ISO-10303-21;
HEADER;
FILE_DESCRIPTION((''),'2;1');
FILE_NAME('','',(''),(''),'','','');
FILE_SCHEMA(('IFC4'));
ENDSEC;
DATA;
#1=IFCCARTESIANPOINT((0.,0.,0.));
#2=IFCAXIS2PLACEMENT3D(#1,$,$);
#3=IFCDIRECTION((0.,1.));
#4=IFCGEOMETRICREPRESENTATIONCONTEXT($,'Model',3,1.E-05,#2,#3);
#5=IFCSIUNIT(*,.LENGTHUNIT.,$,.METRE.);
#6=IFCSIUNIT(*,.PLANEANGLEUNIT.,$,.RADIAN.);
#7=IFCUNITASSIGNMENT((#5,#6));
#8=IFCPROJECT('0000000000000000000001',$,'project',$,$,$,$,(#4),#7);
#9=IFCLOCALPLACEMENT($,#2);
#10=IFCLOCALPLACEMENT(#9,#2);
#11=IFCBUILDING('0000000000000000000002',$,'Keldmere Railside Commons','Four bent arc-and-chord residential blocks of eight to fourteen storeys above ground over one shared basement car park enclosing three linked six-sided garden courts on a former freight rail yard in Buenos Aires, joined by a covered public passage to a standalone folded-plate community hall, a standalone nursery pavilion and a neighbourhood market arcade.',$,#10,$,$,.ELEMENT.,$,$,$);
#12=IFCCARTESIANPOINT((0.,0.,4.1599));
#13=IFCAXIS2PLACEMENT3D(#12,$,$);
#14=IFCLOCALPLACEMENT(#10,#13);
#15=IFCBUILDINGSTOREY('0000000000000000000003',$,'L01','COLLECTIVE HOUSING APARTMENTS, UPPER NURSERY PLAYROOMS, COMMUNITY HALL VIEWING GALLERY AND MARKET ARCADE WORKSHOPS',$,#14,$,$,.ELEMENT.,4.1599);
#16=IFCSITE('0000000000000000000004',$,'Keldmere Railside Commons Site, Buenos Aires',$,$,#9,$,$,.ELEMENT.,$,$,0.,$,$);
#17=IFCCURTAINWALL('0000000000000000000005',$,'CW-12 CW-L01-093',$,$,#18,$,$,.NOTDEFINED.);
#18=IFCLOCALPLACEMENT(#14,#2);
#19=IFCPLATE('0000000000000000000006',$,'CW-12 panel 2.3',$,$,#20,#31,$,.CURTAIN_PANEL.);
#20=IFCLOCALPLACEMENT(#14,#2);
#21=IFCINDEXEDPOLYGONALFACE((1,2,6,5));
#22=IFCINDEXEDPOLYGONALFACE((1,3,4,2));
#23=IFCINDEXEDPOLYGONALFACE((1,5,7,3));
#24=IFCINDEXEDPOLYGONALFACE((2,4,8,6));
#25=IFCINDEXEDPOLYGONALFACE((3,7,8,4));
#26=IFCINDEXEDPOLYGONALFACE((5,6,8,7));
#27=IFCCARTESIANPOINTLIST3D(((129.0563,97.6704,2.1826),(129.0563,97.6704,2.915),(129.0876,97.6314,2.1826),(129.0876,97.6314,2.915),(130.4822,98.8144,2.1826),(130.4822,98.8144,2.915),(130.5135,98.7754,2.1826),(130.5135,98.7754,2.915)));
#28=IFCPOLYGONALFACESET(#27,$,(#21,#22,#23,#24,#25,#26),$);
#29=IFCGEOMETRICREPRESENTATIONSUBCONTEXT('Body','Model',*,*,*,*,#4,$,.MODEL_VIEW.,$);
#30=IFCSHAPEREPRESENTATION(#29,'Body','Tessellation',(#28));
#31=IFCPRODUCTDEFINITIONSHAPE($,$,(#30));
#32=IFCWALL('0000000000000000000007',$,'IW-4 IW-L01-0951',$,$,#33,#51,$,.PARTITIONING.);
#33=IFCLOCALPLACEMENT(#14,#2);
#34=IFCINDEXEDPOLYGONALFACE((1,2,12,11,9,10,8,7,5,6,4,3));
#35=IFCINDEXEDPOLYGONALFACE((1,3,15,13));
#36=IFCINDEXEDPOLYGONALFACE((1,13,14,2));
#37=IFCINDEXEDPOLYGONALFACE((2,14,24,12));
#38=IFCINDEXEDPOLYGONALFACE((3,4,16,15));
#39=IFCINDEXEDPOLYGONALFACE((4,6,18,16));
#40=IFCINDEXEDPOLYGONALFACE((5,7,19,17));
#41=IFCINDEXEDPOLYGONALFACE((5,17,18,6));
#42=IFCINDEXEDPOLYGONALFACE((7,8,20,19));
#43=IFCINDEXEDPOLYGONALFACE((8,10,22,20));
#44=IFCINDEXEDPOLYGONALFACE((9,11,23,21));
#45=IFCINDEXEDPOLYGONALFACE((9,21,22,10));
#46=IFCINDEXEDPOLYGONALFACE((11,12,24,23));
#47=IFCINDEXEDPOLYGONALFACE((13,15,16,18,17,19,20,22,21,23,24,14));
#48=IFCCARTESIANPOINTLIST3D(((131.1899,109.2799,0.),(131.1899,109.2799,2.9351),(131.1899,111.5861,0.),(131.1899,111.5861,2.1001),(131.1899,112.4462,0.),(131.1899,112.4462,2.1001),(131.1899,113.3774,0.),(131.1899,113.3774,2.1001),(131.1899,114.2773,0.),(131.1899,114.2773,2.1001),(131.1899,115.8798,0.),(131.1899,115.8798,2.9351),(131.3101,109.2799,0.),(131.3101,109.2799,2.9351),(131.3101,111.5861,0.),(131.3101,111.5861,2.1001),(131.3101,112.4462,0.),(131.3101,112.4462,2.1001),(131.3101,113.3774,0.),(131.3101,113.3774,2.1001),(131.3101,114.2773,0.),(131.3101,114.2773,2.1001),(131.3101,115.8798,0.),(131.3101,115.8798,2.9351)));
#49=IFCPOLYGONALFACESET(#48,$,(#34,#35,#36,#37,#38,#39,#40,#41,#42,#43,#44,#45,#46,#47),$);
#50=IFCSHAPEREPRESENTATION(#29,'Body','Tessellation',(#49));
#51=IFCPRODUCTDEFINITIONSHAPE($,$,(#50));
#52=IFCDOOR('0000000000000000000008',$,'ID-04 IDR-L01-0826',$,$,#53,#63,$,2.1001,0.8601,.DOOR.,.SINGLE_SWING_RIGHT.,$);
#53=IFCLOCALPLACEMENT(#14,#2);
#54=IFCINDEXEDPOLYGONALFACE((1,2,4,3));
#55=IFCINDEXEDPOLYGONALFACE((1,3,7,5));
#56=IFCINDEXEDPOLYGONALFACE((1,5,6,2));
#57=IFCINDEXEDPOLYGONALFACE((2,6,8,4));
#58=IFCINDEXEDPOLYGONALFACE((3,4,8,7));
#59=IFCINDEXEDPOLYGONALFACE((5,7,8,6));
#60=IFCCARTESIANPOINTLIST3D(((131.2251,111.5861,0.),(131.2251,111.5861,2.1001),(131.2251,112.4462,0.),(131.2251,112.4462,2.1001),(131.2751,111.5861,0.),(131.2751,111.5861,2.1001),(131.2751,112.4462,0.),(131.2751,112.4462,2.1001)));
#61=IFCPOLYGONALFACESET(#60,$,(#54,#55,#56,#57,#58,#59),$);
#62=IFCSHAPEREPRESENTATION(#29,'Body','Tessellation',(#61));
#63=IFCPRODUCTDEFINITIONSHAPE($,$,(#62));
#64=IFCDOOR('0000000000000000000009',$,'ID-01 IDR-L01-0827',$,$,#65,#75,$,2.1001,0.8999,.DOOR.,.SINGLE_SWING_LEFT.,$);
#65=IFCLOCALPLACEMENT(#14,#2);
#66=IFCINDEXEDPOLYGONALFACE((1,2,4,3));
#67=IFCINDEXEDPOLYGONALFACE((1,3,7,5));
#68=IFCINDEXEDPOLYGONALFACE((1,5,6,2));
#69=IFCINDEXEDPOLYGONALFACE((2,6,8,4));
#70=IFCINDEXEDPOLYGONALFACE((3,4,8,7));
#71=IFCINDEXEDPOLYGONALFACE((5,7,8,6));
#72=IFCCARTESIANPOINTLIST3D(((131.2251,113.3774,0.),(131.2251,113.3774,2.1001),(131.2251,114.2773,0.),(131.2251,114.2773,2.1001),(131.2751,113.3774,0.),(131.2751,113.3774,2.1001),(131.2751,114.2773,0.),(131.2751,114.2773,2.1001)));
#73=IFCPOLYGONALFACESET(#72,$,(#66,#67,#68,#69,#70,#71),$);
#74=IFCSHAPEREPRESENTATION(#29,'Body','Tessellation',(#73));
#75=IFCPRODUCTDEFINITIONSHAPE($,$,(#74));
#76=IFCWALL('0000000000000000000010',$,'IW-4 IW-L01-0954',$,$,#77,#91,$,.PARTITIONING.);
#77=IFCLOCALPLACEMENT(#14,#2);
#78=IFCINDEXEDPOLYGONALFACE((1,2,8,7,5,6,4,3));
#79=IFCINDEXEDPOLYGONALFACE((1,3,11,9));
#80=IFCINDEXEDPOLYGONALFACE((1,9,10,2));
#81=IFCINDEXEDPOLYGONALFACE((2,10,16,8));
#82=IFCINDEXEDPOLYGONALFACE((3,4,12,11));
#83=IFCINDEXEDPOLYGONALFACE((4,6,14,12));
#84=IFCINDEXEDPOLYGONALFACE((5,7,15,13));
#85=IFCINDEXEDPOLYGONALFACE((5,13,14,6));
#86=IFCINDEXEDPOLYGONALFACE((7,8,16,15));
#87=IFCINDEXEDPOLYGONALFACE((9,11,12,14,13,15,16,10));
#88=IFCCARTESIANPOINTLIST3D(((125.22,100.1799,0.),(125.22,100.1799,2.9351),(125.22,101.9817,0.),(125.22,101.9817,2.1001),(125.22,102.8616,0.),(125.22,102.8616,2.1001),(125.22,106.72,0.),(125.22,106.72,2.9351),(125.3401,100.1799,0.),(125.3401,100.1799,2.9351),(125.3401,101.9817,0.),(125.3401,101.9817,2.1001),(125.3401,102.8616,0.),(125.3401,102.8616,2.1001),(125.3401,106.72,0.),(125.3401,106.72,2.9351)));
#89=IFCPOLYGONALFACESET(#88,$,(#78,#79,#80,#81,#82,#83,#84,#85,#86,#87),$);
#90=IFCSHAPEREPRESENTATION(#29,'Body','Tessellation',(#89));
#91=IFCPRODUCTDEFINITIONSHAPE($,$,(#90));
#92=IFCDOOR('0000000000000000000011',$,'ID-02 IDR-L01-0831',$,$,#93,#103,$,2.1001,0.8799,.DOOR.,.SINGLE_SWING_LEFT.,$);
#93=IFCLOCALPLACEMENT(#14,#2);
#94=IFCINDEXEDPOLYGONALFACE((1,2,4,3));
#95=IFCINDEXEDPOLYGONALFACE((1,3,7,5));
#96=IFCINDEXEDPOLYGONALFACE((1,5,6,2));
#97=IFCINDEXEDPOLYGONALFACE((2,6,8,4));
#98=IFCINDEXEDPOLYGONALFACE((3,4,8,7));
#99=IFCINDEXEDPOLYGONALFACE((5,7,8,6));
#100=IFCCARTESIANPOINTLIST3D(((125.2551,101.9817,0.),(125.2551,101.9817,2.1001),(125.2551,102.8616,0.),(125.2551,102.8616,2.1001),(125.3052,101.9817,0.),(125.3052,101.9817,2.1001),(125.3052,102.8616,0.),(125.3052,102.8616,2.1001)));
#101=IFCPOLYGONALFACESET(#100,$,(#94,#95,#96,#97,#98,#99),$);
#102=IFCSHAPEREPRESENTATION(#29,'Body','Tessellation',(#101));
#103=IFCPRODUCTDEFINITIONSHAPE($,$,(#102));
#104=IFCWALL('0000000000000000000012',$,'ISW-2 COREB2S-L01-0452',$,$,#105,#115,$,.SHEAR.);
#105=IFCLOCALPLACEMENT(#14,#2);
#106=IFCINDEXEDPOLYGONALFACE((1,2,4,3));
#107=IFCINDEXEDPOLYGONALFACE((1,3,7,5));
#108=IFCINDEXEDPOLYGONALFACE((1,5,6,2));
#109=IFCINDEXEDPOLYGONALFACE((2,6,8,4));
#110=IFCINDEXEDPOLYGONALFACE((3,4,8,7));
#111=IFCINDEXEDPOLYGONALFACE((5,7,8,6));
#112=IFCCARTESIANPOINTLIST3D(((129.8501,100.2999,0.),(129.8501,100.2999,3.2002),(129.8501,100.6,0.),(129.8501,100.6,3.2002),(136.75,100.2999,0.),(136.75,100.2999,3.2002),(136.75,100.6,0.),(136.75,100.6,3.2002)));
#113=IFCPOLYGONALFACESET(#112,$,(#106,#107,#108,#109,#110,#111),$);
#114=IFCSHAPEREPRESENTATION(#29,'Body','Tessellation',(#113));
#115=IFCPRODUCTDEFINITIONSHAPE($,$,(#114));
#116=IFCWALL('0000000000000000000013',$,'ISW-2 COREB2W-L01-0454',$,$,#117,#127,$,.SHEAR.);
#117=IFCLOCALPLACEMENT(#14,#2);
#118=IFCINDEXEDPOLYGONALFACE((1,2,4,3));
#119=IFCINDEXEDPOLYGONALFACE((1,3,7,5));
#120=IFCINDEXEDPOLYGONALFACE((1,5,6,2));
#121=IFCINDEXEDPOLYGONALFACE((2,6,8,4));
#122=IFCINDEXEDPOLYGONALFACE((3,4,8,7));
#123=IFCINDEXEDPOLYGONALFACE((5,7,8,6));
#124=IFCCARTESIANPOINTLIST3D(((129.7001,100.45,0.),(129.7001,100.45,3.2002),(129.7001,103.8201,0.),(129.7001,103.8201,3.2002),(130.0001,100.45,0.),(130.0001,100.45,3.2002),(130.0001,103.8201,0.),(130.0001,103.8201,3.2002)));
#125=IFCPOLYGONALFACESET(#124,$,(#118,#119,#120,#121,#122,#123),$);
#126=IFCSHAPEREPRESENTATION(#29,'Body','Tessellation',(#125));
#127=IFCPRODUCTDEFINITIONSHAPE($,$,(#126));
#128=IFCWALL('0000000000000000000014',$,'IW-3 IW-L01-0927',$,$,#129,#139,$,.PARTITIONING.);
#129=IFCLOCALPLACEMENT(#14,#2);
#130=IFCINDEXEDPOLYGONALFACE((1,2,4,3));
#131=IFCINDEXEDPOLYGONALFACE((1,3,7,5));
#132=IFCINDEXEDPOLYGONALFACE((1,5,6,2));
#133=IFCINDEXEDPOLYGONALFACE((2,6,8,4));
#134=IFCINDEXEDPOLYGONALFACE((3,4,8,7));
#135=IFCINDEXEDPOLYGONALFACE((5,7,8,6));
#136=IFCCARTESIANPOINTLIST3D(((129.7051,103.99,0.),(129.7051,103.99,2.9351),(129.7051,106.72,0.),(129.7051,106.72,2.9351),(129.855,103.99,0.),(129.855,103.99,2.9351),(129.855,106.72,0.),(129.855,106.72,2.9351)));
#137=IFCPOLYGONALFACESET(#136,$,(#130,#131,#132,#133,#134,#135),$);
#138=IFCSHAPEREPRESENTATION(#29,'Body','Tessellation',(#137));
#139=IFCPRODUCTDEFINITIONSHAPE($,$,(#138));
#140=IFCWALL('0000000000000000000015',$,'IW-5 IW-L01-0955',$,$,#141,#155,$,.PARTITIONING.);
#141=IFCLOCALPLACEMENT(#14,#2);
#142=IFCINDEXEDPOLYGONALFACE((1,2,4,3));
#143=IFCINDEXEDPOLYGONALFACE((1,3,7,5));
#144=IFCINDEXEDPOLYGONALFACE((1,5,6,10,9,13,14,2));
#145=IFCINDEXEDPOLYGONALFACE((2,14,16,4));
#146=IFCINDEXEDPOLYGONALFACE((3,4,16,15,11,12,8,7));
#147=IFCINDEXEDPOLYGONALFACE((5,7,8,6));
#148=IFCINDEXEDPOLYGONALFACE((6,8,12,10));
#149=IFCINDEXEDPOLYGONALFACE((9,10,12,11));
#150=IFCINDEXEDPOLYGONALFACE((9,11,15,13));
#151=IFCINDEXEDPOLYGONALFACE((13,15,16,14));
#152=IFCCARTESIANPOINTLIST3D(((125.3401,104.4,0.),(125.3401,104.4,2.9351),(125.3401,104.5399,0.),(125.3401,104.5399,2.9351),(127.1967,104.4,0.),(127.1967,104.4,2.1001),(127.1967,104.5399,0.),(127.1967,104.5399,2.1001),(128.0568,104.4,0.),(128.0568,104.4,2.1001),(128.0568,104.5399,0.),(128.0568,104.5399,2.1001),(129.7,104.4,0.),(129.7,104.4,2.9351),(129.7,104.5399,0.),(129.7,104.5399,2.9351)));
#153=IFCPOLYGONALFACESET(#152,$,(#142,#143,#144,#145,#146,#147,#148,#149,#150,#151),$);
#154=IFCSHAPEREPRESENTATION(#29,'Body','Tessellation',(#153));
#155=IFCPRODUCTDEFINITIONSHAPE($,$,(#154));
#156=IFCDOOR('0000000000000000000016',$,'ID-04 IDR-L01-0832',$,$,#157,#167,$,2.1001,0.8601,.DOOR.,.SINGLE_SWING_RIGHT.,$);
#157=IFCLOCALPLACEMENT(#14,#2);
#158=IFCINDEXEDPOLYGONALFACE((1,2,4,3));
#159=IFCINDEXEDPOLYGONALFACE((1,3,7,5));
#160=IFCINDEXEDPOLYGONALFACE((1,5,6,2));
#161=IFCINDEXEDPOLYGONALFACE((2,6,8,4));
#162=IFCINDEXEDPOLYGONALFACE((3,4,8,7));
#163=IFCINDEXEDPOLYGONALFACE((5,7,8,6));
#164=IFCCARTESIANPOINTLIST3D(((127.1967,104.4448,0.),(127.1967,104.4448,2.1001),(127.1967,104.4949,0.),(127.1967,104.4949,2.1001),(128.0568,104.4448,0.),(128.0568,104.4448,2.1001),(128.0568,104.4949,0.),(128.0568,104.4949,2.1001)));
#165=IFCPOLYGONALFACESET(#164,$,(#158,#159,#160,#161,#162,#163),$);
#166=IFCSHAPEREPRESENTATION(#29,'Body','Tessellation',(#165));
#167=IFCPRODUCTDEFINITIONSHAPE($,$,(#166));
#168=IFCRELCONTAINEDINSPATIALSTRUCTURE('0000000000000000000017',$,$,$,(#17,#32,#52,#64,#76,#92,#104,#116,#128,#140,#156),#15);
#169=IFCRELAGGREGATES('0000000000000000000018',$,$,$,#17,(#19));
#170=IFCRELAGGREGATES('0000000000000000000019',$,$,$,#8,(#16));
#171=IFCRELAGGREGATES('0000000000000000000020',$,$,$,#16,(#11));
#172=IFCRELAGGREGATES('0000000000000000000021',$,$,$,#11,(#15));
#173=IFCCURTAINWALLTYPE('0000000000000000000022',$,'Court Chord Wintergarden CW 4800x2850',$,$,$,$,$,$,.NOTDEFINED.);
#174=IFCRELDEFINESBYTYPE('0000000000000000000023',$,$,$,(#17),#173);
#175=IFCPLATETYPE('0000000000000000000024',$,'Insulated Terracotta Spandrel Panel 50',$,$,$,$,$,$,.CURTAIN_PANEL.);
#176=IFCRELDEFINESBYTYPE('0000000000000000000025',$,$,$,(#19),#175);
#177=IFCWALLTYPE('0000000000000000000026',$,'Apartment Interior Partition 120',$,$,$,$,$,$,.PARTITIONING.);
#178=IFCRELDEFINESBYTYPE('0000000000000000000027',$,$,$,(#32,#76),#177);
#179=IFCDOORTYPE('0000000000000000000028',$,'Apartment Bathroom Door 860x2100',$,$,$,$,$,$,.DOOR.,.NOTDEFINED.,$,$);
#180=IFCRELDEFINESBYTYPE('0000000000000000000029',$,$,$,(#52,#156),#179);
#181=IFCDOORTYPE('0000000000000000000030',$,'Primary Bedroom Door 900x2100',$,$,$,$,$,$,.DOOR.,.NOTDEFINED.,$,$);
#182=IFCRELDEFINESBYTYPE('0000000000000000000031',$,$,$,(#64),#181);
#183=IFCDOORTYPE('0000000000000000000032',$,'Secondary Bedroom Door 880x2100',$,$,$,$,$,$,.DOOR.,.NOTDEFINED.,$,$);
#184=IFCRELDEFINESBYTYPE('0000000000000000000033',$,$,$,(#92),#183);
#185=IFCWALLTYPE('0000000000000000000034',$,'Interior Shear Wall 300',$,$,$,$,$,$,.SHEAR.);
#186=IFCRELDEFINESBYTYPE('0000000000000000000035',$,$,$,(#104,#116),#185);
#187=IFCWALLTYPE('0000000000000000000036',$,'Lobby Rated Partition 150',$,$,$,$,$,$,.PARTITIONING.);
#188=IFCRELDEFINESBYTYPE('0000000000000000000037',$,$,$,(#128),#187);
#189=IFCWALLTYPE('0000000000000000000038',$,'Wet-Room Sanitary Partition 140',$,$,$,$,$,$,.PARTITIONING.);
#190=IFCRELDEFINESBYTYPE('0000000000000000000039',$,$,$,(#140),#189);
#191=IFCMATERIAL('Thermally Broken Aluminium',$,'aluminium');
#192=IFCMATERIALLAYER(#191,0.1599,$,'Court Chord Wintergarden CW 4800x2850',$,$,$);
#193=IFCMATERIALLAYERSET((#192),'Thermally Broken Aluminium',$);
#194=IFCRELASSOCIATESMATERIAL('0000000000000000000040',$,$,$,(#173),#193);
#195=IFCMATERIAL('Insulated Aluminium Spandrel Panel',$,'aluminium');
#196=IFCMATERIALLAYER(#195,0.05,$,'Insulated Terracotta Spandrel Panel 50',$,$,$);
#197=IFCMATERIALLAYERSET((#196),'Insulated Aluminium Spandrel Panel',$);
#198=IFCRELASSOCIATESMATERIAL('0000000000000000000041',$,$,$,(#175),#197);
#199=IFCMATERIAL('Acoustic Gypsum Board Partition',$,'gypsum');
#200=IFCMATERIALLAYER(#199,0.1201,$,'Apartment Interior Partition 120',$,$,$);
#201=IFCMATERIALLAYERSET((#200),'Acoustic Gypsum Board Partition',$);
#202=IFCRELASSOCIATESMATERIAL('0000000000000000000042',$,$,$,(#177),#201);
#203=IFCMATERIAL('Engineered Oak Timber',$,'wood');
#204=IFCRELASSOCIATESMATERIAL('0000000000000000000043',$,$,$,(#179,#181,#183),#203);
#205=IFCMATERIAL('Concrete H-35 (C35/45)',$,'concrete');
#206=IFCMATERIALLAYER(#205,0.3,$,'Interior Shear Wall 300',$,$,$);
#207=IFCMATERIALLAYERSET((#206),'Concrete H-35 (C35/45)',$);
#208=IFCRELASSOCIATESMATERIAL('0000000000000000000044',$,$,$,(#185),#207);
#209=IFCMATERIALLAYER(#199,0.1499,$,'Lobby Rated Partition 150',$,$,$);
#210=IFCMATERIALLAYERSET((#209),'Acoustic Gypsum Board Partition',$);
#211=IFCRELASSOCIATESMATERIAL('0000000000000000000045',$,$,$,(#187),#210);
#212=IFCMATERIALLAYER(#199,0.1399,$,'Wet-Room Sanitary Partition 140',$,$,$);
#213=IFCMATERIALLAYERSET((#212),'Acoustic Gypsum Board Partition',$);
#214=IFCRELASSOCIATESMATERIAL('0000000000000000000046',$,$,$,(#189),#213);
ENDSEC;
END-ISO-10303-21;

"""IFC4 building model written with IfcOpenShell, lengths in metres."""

from ifc_helpers import new_model, si_unit, direction, frame, frame_2d, origin, origin_2d, place, context, subcontext, project, spatial, rectangle, extrude, material, layer, layer_set, type_object, element, fill, aggregate, save


model = new_model("IFC4")

# Units and contexts
model_context = context("Model", 3, precision=1e-05, world=origin(), true_north=direction((0.0, 1.0)))
body_context = subcontext(model_context, "Body", "Model", "MODEL_VIEW")
ifc_project = project(units=[si_unit("LENGTHUNIT", "METRE"), si_unit("PLANEANGLEUNIT", "RADIAN")], contexts=[model_context])

# Site, building, storey
site_placement = place(None, origin())
site = spatial("IfcSite", under=ifc_project, at=site_placement, Name="Keldmere Railside Commons Site, Buenos Aires", CompositionType="ELEMENT", RefElevation=0.0)
building_placement = place(site_placement, origin())
building = spatial("IfcBuilding", under=site, at=building_placement, Name="Keldmere Railside Commons", Description="Four bent arc-and-chord residential blocks of eight to fourteen storeys above ground over one shared basement car park enclosing three linked six-sided garden courts on a former freight rail yard in Buenos Aires, joined by a covered public passage to a standalone folded-plate community hall, a standalone nursery pavilion and a neighbourhood market arcade.", CompositionType="ELEMENT")
storey_placement = place(building_placement, frame((0.0, 0.0, 4.1599)))
storey = spatial("IfcBuildingStorey", under=building, at=storey_placement, Name="L01", Description="COLLECTIVE HOUSING APARTMENTS, UPPER NURSERY PLAYROOMS, COMMUNITY HALL VIEWING GALLERY AND MARKET ARCADE WORKSHOPS", CompositionType="ELEMENT", Elevation=4.1599)

# Curtain wall, plate
ifc_material_1 = material(Name="Thermally Broken Aluminium", Category="aluminium")
ifc_layer_1 = layer(ifc_material_1, 0.1599, Name="Court Chord Wintergarden CW 4800x2850")
ifc_layer_set_1 = layer_set([ifc_layer_1], Name="Thermally Broken Aluminium")
curtain_wall_type = type_object("IfcCurtainWallType", Name="Court Chord Wintergarden CW 4800x2850", PredefinedType="NOTDEFINED", material=ifc_layer_set_1)
curtain_wall_placement = place(storey_placement, origin())
curtain_wall = element("IfcCurtainWall", 1, at=curtain_wall_placement, inside=storey, type_object=curtain_wall_type, Name="CW-12 CW-L01-093", PredefinedType="NOTDEFINED")
ifc_material_2 = material(Name="Insulated Aluminium Spandrel Panel", Category="aluminium")
ifc_layer_2 = layer(ifc_material_2, 0.05, Name="Insulated Terracotta Spandrel Panel 50")
ifc_layer_set_2 = layer_set([ifc_layer_2], Name="Insulated Aluminium Spandrel Panel")
plate_type = type_object("IfcPlateType", Name="Insulated Terracotta Spandrel Panel 50", PredefinedType="CURTAIN_PANEL", material=ifc_layer_set_2)
plate_1_placement = place(storey_placement, frame((129.7849, 98.2229, 2.1826), z_axis=(0.0, 0.0, 1.0), x_axis=(-0.780009, -0.625768, 0.0)))
plate_1 = element("IfcPlate", 2, at=plate_1_placement, type_object=plate_type, Name="CW-12 panel 2.3", PredefinedType="CURTAIN_PANEL", context=body_context, shape_type="SweptSolid", body=[
    extrude(rectangle(XDim=1.8281, YDim=0.05, at=origin_2d()), origin(), (0.0, 0.0, 1.0), 0.7324),
])
aggregate(curtain_wall, [plate_1])

# Wall, openings, doors
ifc_material_3 = material(Name="Acoustic Gypsum Board Partition", Category="gypsum")
ifc_layer_3 = layer(ifc_material_3, 0.1201, Name="Apartment Interior Partition 120")
ifc_layer_set_3 = layer_set([ifc_layer_3], Name="Acoustic Gypsum Board Partition")
wall_type_1 = type_object("IfcWallType", Name="Apartment Interior Partition 120", PredefinedType="PARTITIONING", material=ifc_layer_set_3)
wall_1_placement = place(storey_placement, frame((131.25, 109.28, 0.0), z_axis=(0.0, 0.0, 1.0), x_axis=(0.0, 1.0, 0.0)))
wall_1 = element("IfcWall", 3, at=wall_1_placement, inside=storey, type_object=wall_type_1, Name="IW-4 IW-L01-0951", PredefinedType="PARTITIONING", context=body_context, shape_type="SweptSolid", body=[
    extrude(rectangle(XDim=6.5999, YDim=0.1201, at=frame_2d((3.2998, 0.0))), origin(), (0.0, 0.0, 1.0), 2.9351),
])
opening_1_placement = place(wall_1_placement, frame((2.3059, 0.0, 0.0)))
opening_1 = element("IfcOpeningElement", 4, at=opening_1_placement, cuts=wall_1, PredefinedType="OPENING", context=body_context, shape_type="SweptSolid", body=[
    extrude(rectangle(XDim=0.8601, YDim=2.1001, at=frame_2d((0.4302, 1.05))), frame((0.0, 0.0701, 0.0), z_axis=(0.0, -1.0, 0.0), x_axis=(1.0, 0.0, 0.0)), (0.0, 0.0, 1.0), 0.1401),
])
opening_2_placement = place(wall_1_placement, frame((4.0974, 0.0, 0.0)))
opening_2 = element("IfcOpeningElement", 5, at=opening_2_placement, cuts=wall_1, PredefinedType="OPENING", context=body_context, shape_type="SweptSolid", body=[
    extrude(rectangle(XDim=0.8999, YDim=2.1001, at=frame_2d((0.45, 1.05))), frame((0.0, 0.0701, 0.0), z_axis=(0.0, -1.0, 0.0), x_axis=(1.0, 0.0, 0.0)), (0.0, 0.0, 1.0), 0.1401),
])
ifc_material_4 = material(Name="Engineered Oak Timber", Category="wood")
door_type_1 = type_object("IfcDoorType", Name="Apartment Bathroom Door 860x2100", OperationType="NOTDEFINED", PredefinedType="DOOR", material=ifc_material_4)
door_1_placement = place(opening_1_placement, origin())
door_1 = element("IfcDoor", 6, at=door_1_placement, inside=storey, type_object=door_type_1, Name="ID-04 IDR-L01-0826", OperationType="SINGLE_SWING_RIGHT", OverallHeight=2.1001, OverallWidth=0.8601, PredefinedType="DOOR", context=body_context, shape_type="SweptSolid", body=[
    extrude(rectangle(XDim=0.8601, YDim=2.1001, at=frame_2d((0.4302, 1.05))), frame((0.0, 0.0249, 0.0), z_axis=(0.0, -1.0, 0.0), x_axis=(1.0, 0.0, 0.0)), (0.0, 0.0, 1.0), 0.05),
])
fill(opening_1, door_1)
door_type_2 = type_object("IfcDoorType", Name="Primary Bedroom Door 900x2100", OperationType="NOTDEFINED", PredefinedType="DOOR", material=ifc_material_4)
door_2_placement = place(opening_2_placement, origin())
door_2 = element("IfcDoor", 7, at=door_2_placement, inside=storey, type_object=door_type_2, Name="ID-01 IDR-L01-0827", OperationType="SINGLE_SWING_LEFT", OverallHeight=2.1001, OverallWidth=0.8999, PredefinedType="DOOR", context=body_context, shape_type="SweptSolid", body=[
    extrude(rectangle(XDim=0.8999, YDim=2.1001, at=frame_2d((0.45, 1.05))), frame((0.0, 0.0249, 0.0), z_axis=(0.0, -1.0, 0.0), x_axis=(1.0, 0.0, 0.0)), (0.0, 0.0, 1.0), 0.05),
])
fill(opening_2, door_2)

# Wall, opening, door
wall_2_placement = place(storey_placement, frame((125.28, 100.1799, 0.0), z_axis=(0.0, 0.0, 1.0), x_axis=(0.0, 1.0, 0.0)))
wall_2 = element("IfcWall", 8, at=wall_2_placement, inside=storey, type_object=wall_type_1, Name="IW-4 IW-L01-0954", PredefinedType="PARTITIONING", context=body_context, shape_type="SweptSolid", body=[
    extrude(rectangle(XDim=6.54, YDim=0.1201, at=frame_2d((3.27, 0.0))), origin(), (0.0, 0.0, 1.0), 2.9351),
])
opening_3_placement = place(wall_2_placement, frame((1.8018, 0.0, 0.0)))
opening_3 = element("IfcOpeningElement", 9, at=opening_3_placement, cuts=wall_2, PredefinedType="OPENING", context=body_context, shape_type="SweptSolid", body=[
    extrude(rectangle(XDim=0.8799, YDim=2.1001, at=frame_2d((0.4399, 1.05))), frame((0.0, 0.0701, 0.0), z_axis=(0.0, -1.0, 0.0), x_axis=(1.0, 0.0, 0.0)), (0.0, 0.0, 1.0), 0.1401),
])
door_type_3 = type_object("IfcDoorType", Name="Secondary Bedroom Door 880x2100", OperationType="NOTDEFINED", PredefinedType="DOOR", material=ifc_material_4)
door_3_placement = place(opening_3_placement, origin())
door_3 = element("IfcDoor", 10, at=door_3_placement, inside=storey, type_object=door_type_3, Name="ID-02 IDR-L01-0831", OperationType="SINGLE_SWING_LEFT", OverallHeight=2.1001, OverallWidth=0.8799, PredefinedType="DOOR", context=body_context, shape_type="SweptSolid", body=[
    extrude(rectangle(XDim=0.8799, YDim=2.1001, at=frame_2d((0.4399, 1.05))), frame((0.0, 0.0249, 0.0), z_axis=(0.0, -1.0, 0.0), x_axis=(1.0, 0.0, 0.0)), (0.0, 0.0, 1.0), 0.05),
])
fill(opening_3, door_3)

# Walls
ifc_material_5 = material(Name="Concrete H-35 (C35/45)", Category="concrete")
ifc_layer_4 = layer(ifc_material_5, 0.3, Name="Interior Shear Wall 300")
ifc_layer_set_4 = layer_set([ifc_layer_4], Name="Concrete H-35 (C35/45)")
wall_type_2 = type_object("IfcWallType", Name="Interior Shear Wall 300", PredefinedType="SHEAR", material=ifc_layer_set_4)
wall_3_placement = place(storey_placement, frame((129.8501, 100.45, 0.0), z_axis=(0.0, 0.0, 1.0), x_axis=(1.0, 0.0, 0.0)))
element("IfcWall", 11, at=wall_3_placement, inside=storey, type_object=wall_type_2, Name="ISW-2 COREB2S-L01-0452", PredefinedType="SHEAR", context=body_context, shape_type="SweptSolid", body=[
    extrude(rectangle(XDim=6.8999, YDim=0.3, at=frame_2d((3.45, 0.0))), origin(), (0.0, 0.0, 1.0), 3.2002),
])
wall_4_placement = place(storey_placement, frame((129.8501, 103.8201, 0.0), z_axis=(0.0, 0.0, 1.0), x_axis=(0.0, -1.0, 0.0)))
element("IfcWall", 12, at=wall_4_placement, inside=storey, type_object=wall_type_2, Name="ISW-2 COREB2W-L01-0454", PredefinedType="SHEAR", context=body_context, shape_type="SweptSolid", body=[
    extrude(rectangle(XDim=3.3701, YDim=0.3, at=frame_2d((1.6851, 0.0))), origin(), (0.0, 0.0, 1.0), 3.2002),
])
ifc_layer_5 = layer(ifc_material_3, 0.1499, Name="Lobby Rated Partition 150")
ifc_layer_set_5 = layer_set([ifc_layer_5], Name="Acoustic Gypsum Board Partition")
wall_type_3 = type_object("IfcWallType", Name="Lobby Rated Partition 150", PredefinedType="PARTITIONING", material=ifc_layer_set_5)
wall_5_placement = place(storey_placement, frame((129.78, 103.99, 0.0), z_axis=(0.0, 0.0, 1.0), x_axis=(0.0, 1.0, 0.0)))
element("IfcWall", 13, at=wall_5_placement, inside=storey, type_object=wall_type_3, Name="IW-3 IW-L01-0927", PredefinedType="PARTITIONING", context=body_context, shape_type="SweptSolid", body=[
    extrude(rectangle(XDim=2.73, YDim=0.1499, at=frame_2d((1.365, 0.0))), origin(), (0.0, 0.0, 1.0), 2.9351),
])

# Wall, opening, door
ifc_layer_6 = layer(ifc_material_3, 0.1399, Name="Wet-Room Sanitary Partition 140")
ifc_layer_set_6 = layer_set([ifc_layer_6], Name="Acoustic Gypsum Board Partition")
wall_type_4 = type_object("IfcWallType", Name="Wet-Room Sanitary Partition 140", PredefinedType="PARTITIONING", material=ifc_layer_set_6)
wall_6_placement = place(storey_placement, frame((125.3401, 104.47, 0.0), z_axis=(0.0, 0.0, 1.0), x_axis=(1.0, 0.0, 0.0)))
wall_6 = element("IfcWall", 14, at=wall_6_placement, inside=storey, type_object=wall_type_4, Name="IW-5 IW-L01-0955", PredefinedType="PARTITIONING", context=body_context, shape_type="SweptSolid", body=[
    extrude(rectangle(XDim=4.3599, YDim=0.1399, at=frame_2d((2.1799, 0.0))), origin(), (0.0, 0.0, 1.0), 2.9351),
])
opening_4_placement = place(wall_6_placement, frame((1.8564, 0.0, 0.0)))
opening_4 = element("IfcOpeningElement", 15, at=opening_4_placement, cuts=wall_6, PredefinedType="OPENING", context=body_context, shape_type="SweptSolid", body=[
    extrude(rectangle(XDim=0.8601, YDim=2.1001, at=frame_2d((0.4302, 1.05))), frame((0.0, 0.0798, 0.0), z_axis=(0.0, -1.0, 0.0), x_axis=(1.0, 0.0, 0.0)), (0.0, 0.0, 1.0), 0.1599),
])
door_4_placement = place(opening_4_placement, origin())
door_4 = element("IfcDoor", 16, at=door_4_placement, inside=storey, type_object=door_type_1, Name="ID-04 IDR-L01-0832", OperationType="SINGLE_SWING_RIGHT", OverallHeight=2.1001, OverallWidth=0.8601, PredefinedType="DOOR", context=body_context, shape_type="SweptSolid", body=[
    extrude(rectangle(XDim=0.8601, YDim=2.1001, at=frame_2d((0.4302, 1.05))), frame((0.0, 0.0249, 0.0), z_axis=(0.0, -1.0, 0.0), x_axis=(1.0, 0.0, 0.0)), (0.0, 0.0, 1.0), 0.05),
])
fill(opening_4, door_4)

save(model, "model.ifc")
